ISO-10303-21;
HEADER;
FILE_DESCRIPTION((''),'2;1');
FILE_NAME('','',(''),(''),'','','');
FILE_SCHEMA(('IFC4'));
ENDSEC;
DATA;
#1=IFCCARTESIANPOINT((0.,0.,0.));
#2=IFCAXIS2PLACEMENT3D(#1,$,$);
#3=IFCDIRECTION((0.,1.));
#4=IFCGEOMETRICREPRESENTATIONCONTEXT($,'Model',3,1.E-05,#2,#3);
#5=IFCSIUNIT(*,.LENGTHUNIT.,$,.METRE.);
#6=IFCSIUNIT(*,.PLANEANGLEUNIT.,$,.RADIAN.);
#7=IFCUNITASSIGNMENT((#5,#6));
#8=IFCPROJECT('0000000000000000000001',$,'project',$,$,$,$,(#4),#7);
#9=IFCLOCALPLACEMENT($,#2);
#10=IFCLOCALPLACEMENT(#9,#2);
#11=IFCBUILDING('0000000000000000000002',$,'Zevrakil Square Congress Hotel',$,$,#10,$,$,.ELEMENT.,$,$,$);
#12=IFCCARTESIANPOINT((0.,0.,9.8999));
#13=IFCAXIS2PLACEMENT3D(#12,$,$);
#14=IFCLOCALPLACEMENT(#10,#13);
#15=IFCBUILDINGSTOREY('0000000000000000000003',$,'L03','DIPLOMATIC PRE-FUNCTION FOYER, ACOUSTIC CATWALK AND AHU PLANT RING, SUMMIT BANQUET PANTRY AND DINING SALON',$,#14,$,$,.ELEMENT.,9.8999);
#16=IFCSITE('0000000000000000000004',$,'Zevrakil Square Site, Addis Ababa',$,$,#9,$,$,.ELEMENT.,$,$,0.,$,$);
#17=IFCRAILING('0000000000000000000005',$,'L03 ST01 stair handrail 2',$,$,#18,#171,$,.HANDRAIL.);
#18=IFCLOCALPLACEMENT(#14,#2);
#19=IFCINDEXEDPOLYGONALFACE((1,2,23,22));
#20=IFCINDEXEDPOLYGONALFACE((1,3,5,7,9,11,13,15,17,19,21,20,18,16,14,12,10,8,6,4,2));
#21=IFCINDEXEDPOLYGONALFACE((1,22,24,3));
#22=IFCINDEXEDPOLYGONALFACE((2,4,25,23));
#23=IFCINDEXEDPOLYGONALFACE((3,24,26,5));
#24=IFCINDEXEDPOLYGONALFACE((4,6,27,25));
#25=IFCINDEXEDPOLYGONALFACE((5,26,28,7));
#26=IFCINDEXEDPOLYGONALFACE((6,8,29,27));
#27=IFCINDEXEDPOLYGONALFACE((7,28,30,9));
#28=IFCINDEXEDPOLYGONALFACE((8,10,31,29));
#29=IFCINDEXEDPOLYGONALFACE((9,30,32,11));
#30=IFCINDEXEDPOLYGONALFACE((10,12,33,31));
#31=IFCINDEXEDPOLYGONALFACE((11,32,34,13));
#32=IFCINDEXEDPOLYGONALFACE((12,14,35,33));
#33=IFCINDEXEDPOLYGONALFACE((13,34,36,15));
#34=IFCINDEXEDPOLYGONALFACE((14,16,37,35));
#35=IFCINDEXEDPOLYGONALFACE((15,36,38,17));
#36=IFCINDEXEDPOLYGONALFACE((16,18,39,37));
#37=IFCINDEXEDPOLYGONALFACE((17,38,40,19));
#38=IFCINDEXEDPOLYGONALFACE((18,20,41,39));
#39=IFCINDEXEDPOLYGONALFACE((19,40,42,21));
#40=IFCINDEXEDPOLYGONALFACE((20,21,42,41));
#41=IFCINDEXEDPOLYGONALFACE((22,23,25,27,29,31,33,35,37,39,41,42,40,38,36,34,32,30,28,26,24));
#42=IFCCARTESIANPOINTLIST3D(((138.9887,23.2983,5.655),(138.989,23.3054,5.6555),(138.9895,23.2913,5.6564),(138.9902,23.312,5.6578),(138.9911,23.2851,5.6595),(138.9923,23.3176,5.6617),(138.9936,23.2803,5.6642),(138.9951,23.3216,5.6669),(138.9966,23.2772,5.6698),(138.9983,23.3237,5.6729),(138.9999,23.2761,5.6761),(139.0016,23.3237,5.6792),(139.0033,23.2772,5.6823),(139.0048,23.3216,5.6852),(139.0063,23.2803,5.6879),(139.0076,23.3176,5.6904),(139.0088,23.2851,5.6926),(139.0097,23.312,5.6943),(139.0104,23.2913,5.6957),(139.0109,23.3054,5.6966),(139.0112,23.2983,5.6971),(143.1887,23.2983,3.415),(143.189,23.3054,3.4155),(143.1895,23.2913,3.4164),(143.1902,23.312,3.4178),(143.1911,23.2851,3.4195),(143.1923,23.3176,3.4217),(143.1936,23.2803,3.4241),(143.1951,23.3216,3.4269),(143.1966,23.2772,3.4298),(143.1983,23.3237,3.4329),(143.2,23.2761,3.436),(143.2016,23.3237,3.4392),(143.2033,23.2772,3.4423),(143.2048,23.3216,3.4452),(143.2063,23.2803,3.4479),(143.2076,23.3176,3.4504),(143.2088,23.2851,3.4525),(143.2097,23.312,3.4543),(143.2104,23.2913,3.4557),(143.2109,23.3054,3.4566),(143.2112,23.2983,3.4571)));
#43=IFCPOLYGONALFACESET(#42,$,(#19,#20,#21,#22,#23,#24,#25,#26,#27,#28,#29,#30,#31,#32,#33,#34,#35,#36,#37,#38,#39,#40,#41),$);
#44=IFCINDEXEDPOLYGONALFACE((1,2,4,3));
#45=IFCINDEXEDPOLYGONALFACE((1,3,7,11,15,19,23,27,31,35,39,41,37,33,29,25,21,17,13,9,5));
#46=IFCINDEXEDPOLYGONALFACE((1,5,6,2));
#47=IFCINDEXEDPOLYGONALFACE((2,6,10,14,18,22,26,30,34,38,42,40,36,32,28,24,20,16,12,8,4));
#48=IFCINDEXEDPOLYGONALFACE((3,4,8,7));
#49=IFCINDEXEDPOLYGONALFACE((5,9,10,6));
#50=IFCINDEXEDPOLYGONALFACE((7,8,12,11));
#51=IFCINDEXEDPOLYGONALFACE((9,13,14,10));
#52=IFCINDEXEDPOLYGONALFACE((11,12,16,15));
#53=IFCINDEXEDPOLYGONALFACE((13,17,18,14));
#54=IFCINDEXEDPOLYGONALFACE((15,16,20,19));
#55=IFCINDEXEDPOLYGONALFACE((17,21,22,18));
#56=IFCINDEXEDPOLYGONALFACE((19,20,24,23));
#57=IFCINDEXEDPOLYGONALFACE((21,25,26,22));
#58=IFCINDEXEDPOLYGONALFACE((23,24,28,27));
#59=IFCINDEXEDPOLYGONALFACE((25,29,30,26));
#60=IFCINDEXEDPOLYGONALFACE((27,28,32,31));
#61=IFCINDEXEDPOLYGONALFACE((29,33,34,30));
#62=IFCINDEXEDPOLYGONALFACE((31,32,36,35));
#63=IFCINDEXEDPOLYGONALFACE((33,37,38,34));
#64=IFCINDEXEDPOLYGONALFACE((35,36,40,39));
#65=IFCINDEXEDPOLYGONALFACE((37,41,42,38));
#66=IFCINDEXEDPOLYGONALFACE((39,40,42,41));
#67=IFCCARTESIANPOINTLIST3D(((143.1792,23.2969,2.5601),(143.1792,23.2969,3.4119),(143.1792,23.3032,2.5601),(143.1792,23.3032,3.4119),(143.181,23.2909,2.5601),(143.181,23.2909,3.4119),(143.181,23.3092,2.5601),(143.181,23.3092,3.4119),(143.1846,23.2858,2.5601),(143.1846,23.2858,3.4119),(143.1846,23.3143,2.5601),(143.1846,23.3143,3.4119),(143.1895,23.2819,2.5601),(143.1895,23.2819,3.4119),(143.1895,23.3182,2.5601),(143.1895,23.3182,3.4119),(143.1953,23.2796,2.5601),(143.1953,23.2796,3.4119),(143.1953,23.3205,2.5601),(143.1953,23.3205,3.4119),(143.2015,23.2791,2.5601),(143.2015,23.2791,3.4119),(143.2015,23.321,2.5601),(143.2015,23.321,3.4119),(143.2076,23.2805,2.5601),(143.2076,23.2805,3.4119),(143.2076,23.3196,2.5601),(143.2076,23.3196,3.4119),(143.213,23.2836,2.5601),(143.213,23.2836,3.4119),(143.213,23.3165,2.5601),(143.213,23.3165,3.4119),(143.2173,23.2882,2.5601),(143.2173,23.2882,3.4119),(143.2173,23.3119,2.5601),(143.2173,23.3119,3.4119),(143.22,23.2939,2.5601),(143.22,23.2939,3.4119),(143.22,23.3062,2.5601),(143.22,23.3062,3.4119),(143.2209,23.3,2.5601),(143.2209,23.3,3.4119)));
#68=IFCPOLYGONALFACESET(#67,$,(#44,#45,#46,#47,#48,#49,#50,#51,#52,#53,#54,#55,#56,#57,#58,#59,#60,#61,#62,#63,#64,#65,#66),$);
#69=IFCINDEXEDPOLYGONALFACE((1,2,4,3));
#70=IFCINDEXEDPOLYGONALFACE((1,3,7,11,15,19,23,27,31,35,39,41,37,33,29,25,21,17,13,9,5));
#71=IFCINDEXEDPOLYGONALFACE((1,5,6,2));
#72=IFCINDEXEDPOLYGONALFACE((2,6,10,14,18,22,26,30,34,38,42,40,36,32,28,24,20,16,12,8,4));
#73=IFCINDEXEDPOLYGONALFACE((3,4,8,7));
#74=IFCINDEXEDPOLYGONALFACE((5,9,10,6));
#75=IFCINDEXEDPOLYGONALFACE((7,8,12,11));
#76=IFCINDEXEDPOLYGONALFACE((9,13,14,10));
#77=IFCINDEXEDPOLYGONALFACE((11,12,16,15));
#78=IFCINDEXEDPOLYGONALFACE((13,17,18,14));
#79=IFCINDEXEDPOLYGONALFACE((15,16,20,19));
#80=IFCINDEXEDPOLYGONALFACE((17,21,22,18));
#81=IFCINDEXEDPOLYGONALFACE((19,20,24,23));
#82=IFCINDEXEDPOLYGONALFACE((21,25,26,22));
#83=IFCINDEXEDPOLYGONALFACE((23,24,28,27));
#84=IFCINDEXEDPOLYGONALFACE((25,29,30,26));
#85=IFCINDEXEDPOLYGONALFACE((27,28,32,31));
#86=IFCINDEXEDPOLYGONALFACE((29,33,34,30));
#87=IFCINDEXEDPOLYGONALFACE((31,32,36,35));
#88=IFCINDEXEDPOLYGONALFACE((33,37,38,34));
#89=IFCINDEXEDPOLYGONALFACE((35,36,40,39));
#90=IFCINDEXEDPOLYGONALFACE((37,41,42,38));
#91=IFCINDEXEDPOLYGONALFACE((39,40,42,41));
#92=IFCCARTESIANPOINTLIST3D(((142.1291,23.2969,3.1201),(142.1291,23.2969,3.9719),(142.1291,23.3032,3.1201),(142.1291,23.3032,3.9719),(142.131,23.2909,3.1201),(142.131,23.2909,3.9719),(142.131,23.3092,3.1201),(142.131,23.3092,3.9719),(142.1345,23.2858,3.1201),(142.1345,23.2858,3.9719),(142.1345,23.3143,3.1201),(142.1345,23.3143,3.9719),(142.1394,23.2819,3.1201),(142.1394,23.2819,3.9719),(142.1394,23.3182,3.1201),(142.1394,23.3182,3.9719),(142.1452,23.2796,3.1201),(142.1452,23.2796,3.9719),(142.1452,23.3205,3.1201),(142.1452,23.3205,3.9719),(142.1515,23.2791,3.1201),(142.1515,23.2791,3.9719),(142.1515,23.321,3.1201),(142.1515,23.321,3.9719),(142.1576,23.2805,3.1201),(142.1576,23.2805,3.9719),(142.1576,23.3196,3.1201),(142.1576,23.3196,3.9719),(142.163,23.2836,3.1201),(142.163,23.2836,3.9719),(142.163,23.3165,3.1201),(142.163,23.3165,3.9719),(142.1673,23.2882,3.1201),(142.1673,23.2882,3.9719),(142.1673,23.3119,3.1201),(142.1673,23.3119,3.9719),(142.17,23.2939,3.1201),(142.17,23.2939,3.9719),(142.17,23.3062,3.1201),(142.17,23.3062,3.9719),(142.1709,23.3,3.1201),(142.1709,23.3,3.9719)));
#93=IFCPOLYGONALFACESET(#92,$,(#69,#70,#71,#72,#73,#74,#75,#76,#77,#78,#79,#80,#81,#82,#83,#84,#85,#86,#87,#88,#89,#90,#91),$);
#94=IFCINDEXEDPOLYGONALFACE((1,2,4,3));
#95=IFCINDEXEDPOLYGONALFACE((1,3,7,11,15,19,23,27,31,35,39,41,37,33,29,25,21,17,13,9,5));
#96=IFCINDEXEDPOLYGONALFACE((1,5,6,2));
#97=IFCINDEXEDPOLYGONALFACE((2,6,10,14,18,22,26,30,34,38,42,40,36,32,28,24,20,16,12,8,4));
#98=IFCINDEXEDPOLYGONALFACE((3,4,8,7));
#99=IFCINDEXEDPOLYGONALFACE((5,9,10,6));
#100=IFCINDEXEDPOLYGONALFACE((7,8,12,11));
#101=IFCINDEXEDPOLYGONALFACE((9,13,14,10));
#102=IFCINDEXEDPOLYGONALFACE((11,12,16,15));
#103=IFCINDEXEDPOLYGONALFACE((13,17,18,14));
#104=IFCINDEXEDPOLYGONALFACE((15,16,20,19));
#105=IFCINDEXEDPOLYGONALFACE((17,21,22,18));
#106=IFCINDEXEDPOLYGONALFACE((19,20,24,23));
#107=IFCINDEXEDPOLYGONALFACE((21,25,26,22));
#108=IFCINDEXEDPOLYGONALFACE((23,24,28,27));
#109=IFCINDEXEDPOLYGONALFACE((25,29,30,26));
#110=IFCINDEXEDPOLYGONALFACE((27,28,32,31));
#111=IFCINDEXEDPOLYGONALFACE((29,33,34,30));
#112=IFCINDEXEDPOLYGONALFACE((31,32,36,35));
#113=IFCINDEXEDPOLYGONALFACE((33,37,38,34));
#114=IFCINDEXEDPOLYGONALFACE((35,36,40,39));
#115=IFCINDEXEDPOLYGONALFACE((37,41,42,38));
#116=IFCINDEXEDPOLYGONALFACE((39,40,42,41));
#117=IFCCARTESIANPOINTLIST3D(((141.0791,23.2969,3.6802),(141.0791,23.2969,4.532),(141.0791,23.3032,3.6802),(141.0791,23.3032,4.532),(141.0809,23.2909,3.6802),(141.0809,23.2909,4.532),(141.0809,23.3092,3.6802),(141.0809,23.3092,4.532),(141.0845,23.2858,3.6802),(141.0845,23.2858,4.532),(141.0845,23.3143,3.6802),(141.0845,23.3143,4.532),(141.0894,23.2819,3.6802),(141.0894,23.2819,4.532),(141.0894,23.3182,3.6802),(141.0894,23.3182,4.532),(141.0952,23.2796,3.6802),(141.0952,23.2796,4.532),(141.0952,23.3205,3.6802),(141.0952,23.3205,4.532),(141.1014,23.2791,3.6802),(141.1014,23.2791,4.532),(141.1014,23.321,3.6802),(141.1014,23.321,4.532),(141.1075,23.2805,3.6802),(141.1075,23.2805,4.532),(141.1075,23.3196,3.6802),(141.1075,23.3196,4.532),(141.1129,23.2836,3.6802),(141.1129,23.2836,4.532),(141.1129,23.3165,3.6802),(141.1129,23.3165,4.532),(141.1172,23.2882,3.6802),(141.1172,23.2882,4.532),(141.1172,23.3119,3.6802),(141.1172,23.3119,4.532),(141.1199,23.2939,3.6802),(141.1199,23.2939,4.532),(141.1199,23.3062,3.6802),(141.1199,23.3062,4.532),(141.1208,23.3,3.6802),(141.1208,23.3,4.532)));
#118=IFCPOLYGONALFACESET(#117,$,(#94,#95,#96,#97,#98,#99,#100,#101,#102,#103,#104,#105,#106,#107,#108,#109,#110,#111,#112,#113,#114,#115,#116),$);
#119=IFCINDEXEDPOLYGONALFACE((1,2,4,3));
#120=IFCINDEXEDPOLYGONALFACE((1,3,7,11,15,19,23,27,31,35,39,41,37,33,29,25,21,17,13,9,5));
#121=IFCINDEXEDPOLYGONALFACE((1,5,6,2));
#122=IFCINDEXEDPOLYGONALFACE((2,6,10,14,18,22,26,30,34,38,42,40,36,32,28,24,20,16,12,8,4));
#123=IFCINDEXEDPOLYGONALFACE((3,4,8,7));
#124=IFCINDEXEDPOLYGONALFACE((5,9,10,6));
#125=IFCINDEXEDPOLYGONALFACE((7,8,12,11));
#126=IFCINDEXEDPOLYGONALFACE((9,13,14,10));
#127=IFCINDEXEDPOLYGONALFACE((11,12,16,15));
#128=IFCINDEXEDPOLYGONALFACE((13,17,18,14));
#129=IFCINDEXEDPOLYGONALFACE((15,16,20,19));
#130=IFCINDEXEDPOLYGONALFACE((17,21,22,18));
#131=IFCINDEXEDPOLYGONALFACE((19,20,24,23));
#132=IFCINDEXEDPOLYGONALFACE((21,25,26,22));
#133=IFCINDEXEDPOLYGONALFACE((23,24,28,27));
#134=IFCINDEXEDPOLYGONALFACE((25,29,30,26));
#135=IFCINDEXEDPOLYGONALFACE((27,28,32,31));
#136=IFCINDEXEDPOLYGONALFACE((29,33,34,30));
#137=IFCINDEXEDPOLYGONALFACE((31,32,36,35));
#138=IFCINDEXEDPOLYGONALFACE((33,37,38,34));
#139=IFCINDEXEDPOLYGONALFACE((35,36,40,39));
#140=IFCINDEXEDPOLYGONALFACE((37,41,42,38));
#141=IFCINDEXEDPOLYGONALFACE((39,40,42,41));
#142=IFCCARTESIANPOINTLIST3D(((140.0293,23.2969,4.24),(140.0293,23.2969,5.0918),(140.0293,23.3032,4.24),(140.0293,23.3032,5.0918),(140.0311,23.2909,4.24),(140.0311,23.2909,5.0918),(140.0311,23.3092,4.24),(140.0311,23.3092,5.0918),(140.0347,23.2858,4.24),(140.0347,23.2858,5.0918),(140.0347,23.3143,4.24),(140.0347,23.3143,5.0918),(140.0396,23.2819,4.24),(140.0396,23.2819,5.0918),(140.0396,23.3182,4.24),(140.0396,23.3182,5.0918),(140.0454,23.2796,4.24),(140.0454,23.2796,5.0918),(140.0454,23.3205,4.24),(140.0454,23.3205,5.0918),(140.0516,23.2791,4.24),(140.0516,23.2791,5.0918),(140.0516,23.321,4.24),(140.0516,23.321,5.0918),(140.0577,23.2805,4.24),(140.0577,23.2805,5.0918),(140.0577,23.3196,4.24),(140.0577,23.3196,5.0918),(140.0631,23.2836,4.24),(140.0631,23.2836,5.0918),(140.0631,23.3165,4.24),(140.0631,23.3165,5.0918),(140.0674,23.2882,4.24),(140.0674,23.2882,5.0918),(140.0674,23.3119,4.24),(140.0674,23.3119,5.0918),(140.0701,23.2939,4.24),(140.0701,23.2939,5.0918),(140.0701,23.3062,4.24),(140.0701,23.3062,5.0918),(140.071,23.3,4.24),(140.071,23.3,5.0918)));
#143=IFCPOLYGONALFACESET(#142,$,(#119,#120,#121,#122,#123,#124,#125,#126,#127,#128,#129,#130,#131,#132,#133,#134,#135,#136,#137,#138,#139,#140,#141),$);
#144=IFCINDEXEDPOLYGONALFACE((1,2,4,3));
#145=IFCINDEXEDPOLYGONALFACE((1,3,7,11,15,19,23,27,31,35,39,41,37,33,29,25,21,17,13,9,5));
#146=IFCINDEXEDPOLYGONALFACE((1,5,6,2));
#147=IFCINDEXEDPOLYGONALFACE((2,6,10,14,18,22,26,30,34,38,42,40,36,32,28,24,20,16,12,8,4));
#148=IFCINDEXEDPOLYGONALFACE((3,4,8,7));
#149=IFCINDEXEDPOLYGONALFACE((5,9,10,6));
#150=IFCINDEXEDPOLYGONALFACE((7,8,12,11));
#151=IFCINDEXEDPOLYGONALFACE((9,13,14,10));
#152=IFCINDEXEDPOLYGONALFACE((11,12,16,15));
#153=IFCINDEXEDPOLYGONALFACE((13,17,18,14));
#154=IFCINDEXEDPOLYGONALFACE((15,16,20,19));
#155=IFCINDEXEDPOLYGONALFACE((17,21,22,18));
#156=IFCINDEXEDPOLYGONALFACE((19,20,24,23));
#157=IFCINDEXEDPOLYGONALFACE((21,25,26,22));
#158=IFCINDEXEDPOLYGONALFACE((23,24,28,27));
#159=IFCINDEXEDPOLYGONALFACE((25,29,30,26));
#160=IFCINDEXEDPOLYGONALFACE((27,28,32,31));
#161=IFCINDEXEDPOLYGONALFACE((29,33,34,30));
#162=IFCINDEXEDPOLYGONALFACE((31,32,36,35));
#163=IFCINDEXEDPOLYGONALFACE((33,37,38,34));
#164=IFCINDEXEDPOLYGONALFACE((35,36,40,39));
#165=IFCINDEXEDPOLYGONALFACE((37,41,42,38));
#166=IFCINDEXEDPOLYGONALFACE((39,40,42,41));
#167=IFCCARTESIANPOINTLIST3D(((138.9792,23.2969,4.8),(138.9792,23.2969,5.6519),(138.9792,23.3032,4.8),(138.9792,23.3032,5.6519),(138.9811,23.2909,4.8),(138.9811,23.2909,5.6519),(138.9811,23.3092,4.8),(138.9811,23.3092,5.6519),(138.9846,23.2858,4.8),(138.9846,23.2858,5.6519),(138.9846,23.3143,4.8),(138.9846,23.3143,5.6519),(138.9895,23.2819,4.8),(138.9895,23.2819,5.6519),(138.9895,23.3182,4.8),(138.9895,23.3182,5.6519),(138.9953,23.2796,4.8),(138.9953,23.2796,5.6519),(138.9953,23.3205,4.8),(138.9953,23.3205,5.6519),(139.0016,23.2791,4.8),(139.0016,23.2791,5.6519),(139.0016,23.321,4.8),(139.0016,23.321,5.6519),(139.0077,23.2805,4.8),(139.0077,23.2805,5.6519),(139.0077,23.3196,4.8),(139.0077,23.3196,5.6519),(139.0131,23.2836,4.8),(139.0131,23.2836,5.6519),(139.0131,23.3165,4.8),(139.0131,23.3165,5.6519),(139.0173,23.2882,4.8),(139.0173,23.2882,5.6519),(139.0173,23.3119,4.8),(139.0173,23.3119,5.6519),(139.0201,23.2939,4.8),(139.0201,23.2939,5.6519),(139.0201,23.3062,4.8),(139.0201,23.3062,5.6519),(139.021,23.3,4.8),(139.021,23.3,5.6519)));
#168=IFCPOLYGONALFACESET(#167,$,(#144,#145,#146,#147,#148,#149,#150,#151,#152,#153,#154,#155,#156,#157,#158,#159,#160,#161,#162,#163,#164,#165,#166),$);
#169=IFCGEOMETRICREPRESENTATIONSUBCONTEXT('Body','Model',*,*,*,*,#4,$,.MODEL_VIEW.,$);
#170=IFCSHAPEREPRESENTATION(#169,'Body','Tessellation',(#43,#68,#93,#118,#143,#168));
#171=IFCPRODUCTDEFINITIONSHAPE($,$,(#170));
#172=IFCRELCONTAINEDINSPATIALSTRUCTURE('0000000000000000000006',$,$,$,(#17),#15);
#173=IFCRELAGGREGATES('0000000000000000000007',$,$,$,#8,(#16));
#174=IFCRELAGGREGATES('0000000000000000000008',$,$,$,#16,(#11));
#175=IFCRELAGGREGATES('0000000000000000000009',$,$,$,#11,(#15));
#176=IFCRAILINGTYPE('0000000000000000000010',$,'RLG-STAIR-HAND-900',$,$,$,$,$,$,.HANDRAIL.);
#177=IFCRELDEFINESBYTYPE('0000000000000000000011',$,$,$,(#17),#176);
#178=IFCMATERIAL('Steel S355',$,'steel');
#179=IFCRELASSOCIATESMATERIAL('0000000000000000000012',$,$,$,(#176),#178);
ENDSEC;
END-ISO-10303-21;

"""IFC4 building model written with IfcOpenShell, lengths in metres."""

from ifc_helpers import new_model, si_unit, direction, frame, origin, origin_2d, place, context, subcontext, project, spatial, circle, extrude, material, type_object, element, save


model = new_model("IFC4")

# Units and contexts
model_context = context("Model", 3, precision=1e-05, world=origin(), true_north=direction((0.0, 1.0)))
body_context = subcontext(model_context, "Body", "Model", "MODEL_VIEW")
ifc_project = project(units=[si_unit("LENGTHUNIT", "METRE"), si_unit("PLANEANGLEUNIT", "RADIAN")], contexts=[model_context])

# Site, building, storey
site_placement = place(None, origin())
site = spatial("IfcSite", under=ifc_project, at=site_placement, Name="Zevrakil Square Site, Addis Ababa", CompositionType="ELEMENT", RefElevation=0.0)
building_placement = place(site_placement, origin())
building = spatial("IfcBuilding", under=site, at=building_placement, Name="Zevrakil Square Congress Hotel", CompositionType="ELEMENT")
storey_placement = place(building_placement, frame((0.0, 0.0, 9.8999)))
storey = spatial("IfcBuildingStorey", under=building, at=storey_placement, Name="L03", Description="DIPLOMATIC PRE-FUNCTION FOYER, ACOUSTIC CATWALK AND AHU PLANT RING, SUMMIT BANQUET PANTRY AND DINING SALON", CompositionType="ELEMENT", Elevation=9.8999)

# Railing
ifc_material_1 = material(Name="Steel S355", Category="steel")
railing_type_1 = type_object("IfcRailingType", Name="RLG-STAIR-HAND-900", PredefinedType="HANDRAIL", material=ifc_material_1)
railing_1_placement = place(storey_placement, frame((143.2, 23.3, 2.5601)))
element("IfcRailing", 1, at=railing_1_placement, inside=storey, type_object=railing_type_1, Name="L03 ST01 stair handrail 2", PredefinedType="HANDRAIL", context=body_context, shape_type="SweptSolid", body=[
    extrude(circle(Radius=0.0239, at=origin_2d()), frame((0.0, 0.0, 0.876), z_axis=(-0.882352, 0.0, 0.470591), x_axis=(0.0, -1.0, 0.0)), (0.0, 0.0, 1.0), 4.76),
    extrude(circle(Radius=0.021, at=origin_2d()), origin(), (0.0, 0.0, 1.0), 0.8518),
    extrude(circle(Radius=0.021, at=origin_2d()), frame((-1.05, 0.0, 0.5601)), (0.0, 0.0, 1.0), 0.8518),
    extrude(circle(Radius=0.021, at=origin_2d()), frame((-2.1001, 0.0, 1.1201)), (0.0, 0.0, 1.0), 0.8518),
    extrude(circle(Radius=0.021, at=origin_2d()), frame((-3.1499, 0.0, 1.6799)), (0.0, 0.0, 1.0), 0.8518),
    extrude(circle(Radius=0.021, at=origin_2d()), frame((-4.2, 0.0, 2.24)), (0.0, 0.0, 1.0), 0.8518),
])

save(model, "model.ifc")
